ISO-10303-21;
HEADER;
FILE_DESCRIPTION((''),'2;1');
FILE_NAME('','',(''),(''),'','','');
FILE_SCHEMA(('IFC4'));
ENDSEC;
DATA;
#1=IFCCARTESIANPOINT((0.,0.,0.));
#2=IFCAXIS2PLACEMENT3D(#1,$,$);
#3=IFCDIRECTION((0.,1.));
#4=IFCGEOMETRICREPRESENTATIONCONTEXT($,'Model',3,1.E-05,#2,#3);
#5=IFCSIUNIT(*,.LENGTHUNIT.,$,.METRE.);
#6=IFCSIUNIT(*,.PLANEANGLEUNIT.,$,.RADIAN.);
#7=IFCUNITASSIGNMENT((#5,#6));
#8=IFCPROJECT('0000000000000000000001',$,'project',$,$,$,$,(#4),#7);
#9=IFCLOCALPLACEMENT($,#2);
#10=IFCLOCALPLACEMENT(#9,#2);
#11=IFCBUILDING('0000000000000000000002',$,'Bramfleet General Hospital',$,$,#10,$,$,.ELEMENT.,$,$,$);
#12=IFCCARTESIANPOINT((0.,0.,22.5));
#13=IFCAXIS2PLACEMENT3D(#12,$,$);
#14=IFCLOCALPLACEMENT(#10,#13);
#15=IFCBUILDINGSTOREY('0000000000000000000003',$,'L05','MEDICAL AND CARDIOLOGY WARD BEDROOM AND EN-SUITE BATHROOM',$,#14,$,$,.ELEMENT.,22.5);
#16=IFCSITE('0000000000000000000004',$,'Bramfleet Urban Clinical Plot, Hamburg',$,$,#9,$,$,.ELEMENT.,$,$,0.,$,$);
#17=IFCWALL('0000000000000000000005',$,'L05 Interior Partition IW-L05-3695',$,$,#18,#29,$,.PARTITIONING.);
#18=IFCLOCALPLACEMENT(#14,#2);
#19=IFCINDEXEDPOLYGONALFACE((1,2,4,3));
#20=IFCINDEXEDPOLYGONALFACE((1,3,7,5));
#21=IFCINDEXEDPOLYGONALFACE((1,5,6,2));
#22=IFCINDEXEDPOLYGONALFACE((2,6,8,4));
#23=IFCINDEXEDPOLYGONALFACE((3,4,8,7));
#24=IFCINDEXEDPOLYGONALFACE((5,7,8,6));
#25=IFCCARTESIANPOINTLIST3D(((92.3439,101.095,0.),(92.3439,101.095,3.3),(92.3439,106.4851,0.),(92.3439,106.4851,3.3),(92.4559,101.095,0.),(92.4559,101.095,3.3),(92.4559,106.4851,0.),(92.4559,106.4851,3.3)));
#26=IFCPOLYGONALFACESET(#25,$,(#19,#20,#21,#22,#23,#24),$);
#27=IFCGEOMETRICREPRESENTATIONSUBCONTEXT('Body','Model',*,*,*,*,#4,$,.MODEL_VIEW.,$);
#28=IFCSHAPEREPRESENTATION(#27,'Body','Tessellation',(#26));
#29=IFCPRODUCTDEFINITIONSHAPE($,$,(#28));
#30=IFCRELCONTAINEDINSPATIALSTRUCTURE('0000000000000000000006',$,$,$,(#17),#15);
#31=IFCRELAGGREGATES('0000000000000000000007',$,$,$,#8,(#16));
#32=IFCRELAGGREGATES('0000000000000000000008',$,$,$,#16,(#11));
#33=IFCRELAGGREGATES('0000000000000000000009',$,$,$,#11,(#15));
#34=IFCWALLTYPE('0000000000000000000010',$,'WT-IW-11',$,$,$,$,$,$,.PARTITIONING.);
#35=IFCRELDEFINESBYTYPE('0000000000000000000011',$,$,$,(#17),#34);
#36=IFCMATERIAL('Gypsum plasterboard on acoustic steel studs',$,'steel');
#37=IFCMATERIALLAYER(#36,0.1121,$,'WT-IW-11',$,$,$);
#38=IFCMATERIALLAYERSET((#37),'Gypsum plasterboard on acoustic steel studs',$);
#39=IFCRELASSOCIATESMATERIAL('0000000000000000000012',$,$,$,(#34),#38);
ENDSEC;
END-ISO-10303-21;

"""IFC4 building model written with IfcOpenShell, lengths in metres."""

from ifc_helpers import new_model, si_unit, direction, frame, frame_2d, origin, place, context, subcontext, project, spatial, rectangle, extrude, material, layer, layer_set, type_object, element, save


model = new_model("IFC4")

# Units and contexts
model_context = context("Model", 3, precision=1e-05, world=origin(), true_north=direction((0.0, 1.0)))
body_context = subcontext(model_context, "Body", "Model", "MODEL_VIEW")
ifc_project = project(units=[si_unit("LENGTHUNIT", "METRE"), si_unit("PLANEANGLEUNIT", "RADIAN")], contexts=[model_context])

# Site, building, storey
site_placement = place(None, origin())
site = spatial("IfcSite", under=ifc_project, at=site_placement, Name="Bramfleet Urban Clinical Plot, Hamburg", CompositionType="ELEMENT", RefElevation=0.0)
building_placement = place(site_placement, origin())
building = spatial("IfcBuilding", under=site, at=building_placement, Name="Bramfleet General Hospital", CompositionType="ELEMENT")
storey_placement = place(building_placement, frame((0.0, 0.0, 22.5)))
storey = spatial("IfcBuildingStorey", under=building, at=storey_placement, Name="L05", Description="MEDICAL AND CARDIOLOGY WARD BEDROOM AND EN-SUITE BATHROOM", CompositionType="ELEMENT", Elevation=22.5)

# Shared definitions
ifc_material_1 = material(Name="Gypsum plasterboard on acoustic steel studs", Category="steel")

# Wall
ifc_layer_1 = layer(ifc_material_1, 0.1121, Name="WT-IW-11")
ifc_layer_set_1 = layer_set([ifc_layer_1], Name="Gypsum plasterboard on acoustic steel studs")
wall_type_1 = type_object("IfcWallType", Name="WT-IW-11", PredefinedType="PARTITIONING", material=ifc_layer_set_1)
wall_1_placement = place(storey_placement, frame((92.3999, 101.095, 0.0), z_axis=(0.0, 0.0, 1.0), x_axis=(0.0, 1.0, 0.0)))
element("IfcWall", 1, at=wall_1_placement, inside=storey, type_object=wall_type_1, Name="L05 Interior Partition IW-L05-3695", PredefinedType="PARTITIONING", context=body_context, shape_type="SweptSolid", body=[
    extrude(rectangle(XDim=5.3901, YDim=0.1121, at=frame_2d((2.6951, 0.0))), origin(), (0.0, 0.0, 1.0), 3.3),
])

save(model, "model.ifc")
